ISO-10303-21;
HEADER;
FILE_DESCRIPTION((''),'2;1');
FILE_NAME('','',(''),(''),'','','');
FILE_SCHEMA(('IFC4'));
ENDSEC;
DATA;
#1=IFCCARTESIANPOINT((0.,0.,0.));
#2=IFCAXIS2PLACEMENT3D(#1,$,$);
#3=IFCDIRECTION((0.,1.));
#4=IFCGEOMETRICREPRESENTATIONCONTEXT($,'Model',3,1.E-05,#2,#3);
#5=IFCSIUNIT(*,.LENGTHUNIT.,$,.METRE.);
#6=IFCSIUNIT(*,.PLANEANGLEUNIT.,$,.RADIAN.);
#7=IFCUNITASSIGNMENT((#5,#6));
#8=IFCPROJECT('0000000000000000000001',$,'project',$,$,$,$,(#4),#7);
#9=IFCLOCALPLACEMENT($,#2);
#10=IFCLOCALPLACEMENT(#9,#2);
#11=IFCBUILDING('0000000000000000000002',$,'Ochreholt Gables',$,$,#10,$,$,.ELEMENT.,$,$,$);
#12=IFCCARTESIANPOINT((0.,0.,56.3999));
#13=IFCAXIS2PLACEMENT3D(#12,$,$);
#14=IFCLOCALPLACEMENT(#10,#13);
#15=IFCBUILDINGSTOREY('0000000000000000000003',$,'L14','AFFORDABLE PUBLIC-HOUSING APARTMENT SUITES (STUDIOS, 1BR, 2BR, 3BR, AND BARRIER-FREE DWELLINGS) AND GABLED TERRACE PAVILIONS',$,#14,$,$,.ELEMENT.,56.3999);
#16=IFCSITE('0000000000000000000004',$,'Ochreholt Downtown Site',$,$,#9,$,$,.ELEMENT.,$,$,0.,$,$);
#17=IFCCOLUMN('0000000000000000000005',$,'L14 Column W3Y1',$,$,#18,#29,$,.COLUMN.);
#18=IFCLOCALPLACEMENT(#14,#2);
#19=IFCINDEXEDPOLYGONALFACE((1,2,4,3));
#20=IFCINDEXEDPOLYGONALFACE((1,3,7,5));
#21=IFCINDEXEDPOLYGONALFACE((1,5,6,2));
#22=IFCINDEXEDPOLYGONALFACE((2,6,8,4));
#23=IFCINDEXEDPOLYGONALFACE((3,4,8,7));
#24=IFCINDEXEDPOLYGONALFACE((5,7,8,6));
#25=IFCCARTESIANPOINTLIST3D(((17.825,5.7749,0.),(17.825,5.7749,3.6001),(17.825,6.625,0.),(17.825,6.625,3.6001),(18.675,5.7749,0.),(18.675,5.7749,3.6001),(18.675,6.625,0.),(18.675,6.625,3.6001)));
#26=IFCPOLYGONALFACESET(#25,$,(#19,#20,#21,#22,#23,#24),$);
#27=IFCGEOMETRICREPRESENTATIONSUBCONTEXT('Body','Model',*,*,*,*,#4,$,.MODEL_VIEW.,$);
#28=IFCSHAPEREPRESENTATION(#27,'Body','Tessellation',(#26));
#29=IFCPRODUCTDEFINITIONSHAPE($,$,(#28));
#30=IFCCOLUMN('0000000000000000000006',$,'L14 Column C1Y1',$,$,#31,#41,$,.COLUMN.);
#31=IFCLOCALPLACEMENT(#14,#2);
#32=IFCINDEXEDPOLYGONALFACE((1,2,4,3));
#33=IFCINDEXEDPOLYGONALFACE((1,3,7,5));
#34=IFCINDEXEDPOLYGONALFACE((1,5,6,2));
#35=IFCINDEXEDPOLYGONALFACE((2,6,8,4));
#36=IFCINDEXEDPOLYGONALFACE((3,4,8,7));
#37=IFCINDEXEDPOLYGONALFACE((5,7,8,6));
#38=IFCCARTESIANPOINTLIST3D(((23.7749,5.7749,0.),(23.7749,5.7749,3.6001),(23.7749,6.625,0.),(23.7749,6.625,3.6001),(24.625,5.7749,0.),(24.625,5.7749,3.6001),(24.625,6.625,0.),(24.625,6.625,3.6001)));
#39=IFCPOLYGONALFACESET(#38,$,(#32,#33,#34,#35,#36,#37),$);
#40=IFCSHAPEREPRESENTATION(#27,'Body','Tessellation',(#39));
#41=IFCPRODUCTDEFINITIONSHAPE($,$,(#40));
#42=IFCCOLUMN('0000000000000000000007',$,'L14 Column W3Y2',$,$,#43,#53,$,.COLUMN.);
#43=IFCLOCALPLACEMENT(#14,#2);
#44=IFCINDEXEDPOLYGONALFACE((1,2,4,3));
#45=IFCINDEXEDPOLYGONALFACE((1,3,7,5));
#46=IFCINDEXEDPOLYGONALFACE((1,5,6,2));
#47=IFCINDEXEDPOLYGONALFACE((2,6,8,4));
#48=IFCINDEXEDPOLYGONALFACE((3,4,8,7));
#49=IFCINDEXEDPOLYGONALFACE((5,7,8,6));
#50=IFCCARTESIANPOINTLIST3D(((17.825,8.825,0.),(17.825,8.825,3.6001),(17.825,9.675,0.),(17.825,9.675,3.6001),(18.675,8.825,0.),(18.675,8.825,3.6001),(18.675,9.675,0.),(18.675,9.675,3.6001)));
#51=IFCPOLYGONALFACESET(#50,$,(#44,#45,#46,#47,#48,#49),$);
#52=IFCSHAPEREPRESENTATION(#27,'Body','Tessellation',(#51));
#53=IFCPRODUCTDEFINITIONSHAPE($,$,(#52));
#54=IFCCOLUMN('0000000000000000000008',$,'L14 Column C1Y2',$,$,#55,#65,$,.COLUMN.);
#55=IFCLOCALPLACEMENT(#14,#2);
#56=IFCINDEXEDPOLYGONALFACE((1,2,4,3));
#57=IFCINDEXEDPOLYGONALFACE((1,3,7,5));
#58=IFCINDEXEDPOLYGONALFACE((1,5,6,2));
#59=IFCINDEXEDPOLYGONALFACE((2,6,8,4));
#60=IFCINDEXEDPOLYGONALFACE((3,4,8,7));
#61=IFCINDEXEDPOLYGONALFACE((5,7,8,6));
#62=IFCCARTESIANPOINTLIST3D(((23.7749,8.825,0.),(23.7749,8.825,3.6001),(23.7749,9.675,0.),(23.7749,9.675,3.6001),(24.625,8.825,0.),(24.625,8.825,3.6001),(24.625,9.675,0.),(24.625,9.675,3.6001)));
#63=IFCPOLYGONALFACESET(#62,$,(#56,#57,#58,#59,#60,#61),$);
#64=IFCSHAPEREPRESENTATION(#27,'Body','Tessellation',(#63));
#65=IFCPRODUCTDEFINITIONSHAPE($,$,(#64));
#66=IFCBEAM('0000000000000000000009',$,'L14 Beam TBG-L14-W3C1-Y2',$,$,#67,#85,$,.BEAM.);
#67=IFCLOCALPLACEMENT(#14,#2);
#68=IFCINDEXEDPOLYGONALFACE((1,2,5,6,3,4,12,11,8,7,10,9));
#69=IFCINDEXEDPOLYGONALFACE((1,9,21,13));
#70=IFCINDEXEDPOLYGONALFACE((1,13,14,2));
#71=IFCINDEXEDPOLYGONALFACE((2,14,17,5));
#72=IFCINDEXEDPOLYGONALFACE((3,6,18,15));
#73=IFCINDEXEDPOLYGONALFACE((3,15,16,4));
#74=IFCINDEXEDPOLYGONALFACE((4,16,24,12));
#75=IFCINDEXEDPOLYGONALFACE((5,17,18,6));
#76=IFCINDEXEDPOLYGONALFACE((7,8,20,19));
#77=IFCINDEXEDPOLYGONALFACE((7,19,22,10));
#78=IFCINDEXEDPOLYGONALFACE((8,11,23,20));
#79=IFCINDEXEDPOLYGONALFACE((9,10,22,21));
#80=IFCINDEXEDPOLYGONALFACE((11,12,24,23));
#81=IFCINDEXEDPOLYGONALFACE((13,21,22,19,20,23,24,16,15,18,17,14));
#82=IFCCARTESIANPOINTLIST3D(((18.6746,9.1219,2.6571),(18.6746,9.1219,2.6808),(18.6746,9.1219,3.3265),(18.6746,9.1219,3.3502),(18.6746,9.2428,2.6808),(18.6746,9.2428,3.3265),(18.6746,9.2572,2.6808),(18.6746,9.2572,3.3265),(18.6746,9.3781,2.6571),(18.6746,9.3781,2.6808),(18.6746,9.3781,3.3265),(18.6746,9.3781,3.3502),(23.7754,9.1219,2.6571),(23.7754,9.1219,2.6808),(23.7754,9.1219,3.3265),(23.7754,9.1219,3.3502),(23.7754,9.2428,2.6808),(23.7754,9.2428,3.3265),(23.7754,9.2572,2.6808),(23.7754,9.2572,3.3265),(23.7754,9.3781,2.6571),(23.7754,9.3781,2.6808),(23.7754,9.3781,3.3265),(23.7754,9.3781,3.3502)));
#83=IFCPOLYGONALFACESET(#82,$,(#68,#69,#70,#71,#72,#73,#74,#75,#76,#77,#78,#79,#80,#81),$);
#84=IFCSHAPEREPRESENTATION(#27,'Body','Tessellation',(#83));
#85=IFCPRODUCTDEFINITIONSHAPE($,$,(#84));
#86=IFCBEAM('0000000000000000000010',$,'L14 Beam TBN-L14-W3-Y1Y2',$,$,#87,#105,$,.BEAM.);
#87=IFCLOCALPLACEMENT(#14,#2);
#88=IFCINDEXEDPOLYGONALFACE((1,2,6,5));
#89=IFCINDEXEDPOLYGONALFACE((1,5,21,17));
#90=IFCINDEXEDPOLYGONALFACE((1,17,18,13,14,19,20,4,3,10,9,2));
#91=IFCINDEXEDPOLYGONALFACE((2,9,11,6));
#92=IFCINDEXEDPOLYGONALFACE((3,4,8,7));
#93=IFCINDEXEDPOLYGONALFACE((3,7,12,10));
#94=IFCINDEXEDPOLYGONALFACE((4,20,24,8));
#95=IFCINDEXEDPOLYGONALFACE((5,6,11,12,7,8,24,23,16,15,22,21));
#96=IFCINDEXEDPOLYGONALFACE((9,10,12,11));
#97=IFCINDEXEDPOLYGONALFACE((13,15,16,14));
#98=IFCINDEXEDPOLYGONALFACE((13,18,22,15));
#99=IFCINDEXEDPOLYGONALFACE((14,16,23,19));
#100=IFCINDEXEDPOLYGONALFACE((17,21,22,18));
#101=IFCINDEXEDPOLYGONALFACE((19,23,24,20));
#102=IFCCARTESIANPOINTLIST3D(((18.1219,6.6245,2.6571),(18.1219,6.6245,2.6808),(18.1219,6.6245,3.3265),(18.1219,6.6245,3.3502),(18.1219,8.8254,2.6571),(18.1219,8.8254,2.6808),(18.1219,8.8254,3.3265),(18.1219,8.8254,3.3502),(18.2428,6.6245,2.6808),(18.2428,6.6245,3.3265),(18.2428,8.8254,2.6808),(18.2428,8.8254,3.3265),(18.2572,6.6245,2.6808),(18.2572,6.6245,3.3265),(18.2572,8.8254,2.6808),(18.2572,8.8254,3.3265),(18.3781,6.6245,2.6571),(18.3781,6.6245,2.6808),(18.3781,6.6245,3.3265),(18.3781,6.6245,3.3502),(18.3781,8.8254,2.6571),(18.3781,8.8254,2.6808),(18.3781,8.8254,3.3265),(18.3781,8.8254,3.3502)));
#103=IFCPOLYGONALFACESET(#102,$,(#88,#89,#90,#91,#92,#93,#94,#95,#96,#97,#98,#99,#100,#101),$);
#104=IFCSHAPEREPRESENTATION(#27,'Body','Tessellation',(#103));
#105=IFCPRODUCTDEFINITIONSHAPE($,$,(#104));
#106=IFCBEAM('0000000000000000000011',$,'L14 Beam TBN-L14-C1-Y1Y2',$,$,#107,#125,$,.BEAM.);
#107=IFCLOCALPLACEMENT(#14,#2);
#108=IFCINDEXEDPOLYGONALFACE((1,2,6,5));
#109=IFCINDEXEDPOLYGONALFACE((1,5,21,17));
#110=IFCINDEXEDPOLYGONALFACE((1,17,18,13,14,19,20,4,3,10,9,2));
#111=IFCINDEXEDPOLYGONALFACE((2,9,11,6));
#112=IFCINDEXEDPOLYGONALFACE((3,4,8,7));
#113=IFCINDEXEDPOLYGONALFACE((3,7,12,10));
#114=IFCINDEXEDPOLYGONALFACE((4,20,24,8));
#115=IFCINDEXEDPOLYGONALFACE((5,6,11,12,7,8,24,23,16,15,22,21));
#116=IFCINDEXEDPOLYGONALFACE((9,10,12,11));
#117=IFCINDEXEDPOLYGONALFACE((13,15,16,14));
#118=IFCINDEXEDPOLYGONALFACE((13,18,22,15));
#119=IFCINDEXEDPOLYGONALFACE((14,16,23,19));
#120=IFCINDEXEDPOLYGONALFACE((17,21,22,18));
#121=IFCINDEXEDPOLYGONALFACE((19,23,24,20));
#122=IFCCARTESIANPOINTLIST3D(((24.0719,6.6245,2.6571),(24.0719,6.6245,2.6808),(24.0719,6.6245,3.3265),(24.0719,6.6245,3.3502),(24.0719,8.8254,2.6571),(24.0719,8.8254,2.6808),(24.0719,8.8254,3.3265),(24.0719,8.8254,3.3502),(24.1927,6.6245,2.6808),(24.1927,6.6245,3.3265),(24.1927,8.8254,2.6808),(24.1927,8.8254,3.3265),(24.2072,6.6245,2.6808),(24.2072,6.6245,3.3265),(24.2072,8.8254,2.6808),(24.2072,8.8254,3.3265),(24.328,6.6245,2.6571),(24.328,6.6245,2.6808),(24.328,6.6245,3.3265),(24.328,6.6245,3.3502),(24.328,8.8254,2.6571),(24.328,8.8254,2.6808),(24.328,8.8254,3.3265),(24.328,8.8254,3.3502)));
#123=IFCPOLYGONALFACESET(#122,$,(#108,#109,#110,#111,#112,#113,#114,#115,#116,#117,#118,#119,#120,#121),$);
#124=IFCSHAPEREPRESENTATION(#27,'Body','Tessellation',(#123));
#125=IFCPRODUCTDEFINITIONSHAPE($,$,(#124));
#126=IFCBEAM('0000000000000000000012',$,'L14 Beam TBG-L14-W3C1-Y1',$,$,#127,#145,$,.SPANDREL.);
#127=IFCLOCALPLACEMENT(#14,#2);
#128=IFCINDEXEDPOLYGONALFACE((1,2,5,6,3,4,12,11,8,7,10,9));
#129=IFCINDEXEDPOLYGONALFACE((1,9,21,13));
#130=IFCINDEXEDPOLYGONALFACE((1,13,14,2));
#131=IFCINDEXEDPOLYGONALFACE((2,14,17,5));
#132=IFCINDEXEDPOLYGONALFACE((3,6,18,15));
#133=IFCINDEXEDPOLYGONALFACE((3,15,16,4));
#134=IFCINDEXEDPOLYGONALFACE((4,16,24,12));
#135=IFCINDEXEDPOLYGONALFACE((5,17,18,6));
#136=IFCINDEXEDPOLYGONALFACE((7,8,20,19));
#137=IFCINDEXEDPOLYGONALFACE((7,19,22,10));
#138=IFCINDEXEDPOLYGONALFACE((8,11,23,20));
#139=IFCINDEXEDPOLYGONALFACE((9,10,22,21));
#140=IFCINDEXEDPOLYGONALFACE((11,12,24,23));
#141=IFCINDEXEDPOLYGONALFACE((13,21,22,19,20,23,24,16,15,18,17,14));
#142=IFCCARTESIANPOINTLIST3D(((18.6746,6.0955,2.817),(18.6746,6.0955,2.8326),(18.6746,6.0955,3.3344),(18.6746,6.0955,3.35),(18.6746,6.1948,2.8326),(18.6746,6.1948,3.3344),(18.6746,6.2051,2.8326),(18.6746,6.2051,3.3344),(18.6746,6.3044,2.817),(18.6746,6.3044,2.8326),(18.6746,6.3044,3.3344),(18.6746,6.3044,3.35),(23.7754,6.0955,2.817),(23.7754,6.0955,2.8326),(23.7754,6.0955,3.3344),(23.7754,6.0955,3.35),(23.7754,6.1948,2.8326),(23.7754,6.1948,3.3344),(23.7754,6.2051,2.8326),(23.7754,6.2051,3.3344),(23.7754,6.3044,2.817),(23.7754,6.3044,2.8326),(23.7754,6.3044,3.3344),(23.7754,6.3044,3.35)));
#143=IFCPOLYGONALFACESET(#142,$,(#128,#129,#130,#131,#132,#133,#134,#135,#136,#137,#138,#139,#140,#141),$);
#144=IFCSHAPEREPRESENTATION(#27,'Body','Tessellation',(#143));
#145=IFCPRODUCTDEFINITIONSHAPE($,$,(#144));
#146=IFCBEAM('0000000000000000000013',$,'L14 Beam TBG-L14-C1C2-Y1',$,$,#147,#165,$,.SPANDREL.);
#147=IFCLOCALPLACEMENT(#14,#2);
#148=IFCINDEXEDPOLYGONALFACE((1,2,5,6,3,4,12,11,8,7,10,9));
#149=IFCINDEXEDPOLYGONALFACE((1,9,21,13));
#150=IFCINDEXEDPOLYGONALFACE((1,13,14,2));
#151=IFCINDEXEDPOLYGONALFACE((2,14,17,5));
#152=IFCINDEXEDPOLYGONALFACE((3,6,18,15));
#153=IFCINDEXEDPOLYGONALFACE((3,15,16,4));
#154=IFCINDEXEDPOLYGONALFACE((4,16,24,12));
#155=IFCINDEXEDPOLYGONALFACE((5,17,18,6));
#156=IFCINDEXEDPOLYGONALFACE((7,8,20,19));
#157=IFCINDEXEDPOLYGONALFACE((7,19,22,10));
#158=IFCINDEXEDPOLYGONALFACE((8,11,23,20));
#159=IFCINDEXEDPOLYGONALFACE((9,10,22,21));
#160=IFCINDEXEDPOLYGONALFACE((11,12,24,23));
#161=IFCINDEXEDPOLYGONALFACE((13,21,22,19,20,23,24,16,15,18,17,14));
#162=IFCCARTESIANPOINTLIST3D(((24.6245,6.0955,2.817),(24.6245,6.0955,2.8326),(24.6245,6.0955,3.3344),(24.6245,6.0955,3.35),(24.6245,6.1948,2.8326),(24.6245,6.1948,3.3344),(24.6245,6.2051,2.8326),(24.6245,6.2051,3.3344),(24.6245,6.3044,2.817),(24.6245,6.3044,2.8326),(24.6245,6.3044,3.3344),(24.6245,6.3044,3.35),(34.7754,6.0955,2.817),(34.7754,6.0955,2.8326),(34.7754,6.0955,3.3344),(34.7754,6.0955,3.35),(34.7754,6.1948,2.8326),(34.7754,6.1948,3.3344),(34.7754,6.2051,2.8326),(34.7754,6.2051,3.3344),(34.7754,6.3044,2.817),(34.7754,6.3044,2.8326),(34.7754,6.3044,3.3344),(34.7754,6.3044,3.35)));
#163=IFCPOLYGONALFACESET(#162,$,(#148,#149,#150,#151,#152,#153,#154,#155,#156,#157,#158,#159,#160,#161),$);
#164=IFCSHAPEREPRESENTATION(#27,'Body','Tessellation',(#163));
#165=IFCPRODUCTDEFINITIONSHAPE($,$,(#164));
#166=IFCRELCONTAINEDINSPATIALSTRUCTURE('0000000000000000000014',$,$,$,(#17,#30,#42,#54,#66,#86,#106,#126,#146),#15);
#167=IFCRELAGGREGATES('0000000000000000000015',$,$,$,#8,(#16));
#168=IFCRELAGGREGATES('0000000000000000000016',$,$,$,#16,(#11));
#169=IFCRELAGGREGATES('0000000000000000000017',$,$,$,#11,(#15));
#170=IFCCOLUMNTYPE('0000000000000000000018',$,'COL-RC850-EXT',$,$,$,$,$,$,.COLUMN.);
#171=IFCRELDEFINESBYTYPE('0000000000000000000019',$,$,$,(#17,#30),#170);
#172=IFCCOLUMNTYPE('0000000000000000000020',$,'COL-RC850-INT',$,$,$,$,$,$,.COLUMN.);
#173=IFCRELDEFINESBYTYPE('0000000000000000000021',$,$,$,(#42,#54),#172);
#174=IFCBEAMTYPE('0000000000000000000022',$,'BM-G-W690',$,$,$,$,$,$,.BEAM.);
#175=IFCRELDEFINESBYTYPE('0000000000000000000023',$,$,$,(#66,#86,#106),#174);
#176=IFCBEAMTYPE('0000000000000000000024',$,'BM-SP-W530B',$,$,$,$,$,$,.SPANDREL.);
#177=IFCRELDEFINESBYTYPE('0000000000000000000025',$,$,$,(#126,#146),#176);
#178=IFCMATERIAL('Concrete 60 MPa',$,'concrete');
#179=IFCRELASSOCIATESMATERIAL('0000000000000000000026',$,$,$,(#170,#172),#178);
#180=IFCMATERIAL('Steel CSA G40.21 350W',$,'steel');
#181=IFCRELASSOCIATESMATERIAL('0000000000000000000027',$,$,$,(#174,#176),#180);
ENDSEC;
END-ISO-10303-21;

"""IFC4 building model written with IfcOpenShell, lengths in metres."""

from ifc_helpers import new_model, si_unit, direction, frame, origin, origin_2d, place, context, subcontext, project, spatial, rectangle, i_section, extrude, material, material_profile, profile_set, type_object, element, save


model = new_model("IFC4")

# Units and contexts
model_context = context("Model", 3, precision=1e-05, world=origin(), true_north=direction((0.0, 1.0)))
body_context = subcontext(model_context, "Body", "Model", "MODEL_VIEW")
ifc_project = project(units=[si_unit("LENGTHUNIT", "METRE"), si_unit("PLANEANGLEUNIT", "RADIAN")], contexts=[model_context])

# Site, building, storey
site_placement = place(None, origin())
site = spatial("IfcSite", under=ifc_project, at=site_placement, Name="Ochreholt Downtown Site", CompositionType="ELEMENT", RefElevation=0.0)
building_placement = place(site_placement, origin())
building = spatial("IfcBuilding", under=site, at=building_placement, Name="Ochreholt Gables", CompositionType="ELEMENT")
storey_placement = place(building_placement, frame((0.0, 0.0, 56.3999)))
storey = spatial("IfcBuildingStorey", under=building, at=storey_placement, Name="L14", Description="AFFORDABLE PUBLIC-HOUSING APARTMENT SUITES (STUDIOS, 1BR, 2BR, 3BR, AND BARRIER-FREE DWELLINGS) AND GABLED TERRACE PAVILIONS", CompositionType="ELEMENT", Elevation=56.3999)

# Columns
ifc_material_1 = material(Name="Concrete 60 MPa", Category="concrete")
ifc_material_profile_1 = material_profile(ifc_material_1, rectangle(XDim=0.8501, YDim=0.8501, at=origin_2d()), Name="RC850X850")
ifc_profile_set_1 = profile_set([ifc_material_profile_1], Name="Concrete 60 MPa")
column_type_1 = type_object("IfcColumnType", Name="COL-RC850-EXT", PredefinedType="COLUMN", material=ifc_profile_set_1)
for number, where, z_axis, x_axis, name in (
    (1, (18.25, 6.2, 0.0), (0.0, 0.0, 1.0), (1.0, 0.0, 0.0), "L14 Column W3Y1"),
    (2, (24.2, 6.2, 0.0), (0.0, 0.0, 1.0), (1.0, 0.0, 0.0), "L14 Column C1Y1"),
):
    element("IfcColumn", number, at=place(storey_placement, frame(where, z_axis=z_axis, x_axis=x_axis)), inside=storey, type_object=column_type_1, Name=name, PredefinedType="COLUMN", context=body_context, shape_type="SweptSolid", body=[
        extrude(rectangle(XDim=0.8501, YDim=0.8501, at=origin_2d()), origin(), (0.0, 0.0, 1.0), 3.6001),
    ])
ifc_material_profile_2 = material_profile(ifc_material_1, rectangle(XDim=0.8501, YDim=0.8501, at=origin_2d()), Name="RC850X850")
ifc_profile_set_2 = profile_set([ifc_material_profile_2], Name="Concrete 60 MPa")
column_type_2 = type_object("IfcColumnType", Name="COL-RC850-INT", PredefinedType="COLUMN", material=ifc_profile_set_2)
for number, where, z_axis, x_axis, name in (
    (3, (18.25, 9.25, 0.0), (0.0, 0.0, 1.0), (1.0, 0.0, 0.0), "L14 Column W3Y2"),
    (4, (24.2, 9.25, 0.0), (0.0, 0.0, 1.0), (1.0, 0.0, 0.0), "L14 Column C1Y2"),
):
    element("IfcColumn", number, at=place(storey_placement, frame(where, z_axis=z_axis, x_axis=x_axis)), inside=storey, type_object=column_type_2, Name=name, PredefinedType="COLUMN", context=body_context, shape_type="SweptSolid", body=[
        extrude(rectangle(XDim=0.8501, YDim=0.8501, at=origin_2d()), origin(), (0.0, 0.0, 1.0), 3.6001),
    ])

# Beams
ifc_material_2 = material(Name="Steel CSA G40.21 350W", Category="steel")
ifc_material_profile_3 = material_profile(ifc_material_2, i_section(OverallWidth=0.2561, OverallDepth=0.6931, WebThickness=0.0144, FlangeThickness=0.0237, at=origin_2d()), Name="W690X170")
ifc_profile_set_3 = profile_set([ifc_material_profile_3], Name="Steel CSA G40.21 350W")
beam_type_1 = type_object("IfcBeamType", Name="BM-G-W690", PredefinedType="BEAM", material=ifc_profile_set_3)
beam_1_placement = place(storey_placement, frame((18.6746, 9.25, 3.0037), z_axis=(1.0, 0.0, 0.0), x_axis=(0.0, 1.0, 0.0)))
element("IfcBeam", 5, at=beam_1_placement, inside=storey, type_object=beam_type_1, Name="L14 Beam TBG-L14-W3C1-Y2", PredefinedType="BEAM", context=body_context, shape_type="SweptSolid", body=[
    extrude(i_section(OverallWidth=0.2561, OverallDepth=0.6931, WebThickness=0.0144, FlangeThickness=0.0237, at=origin_2d()), origin(), (0.0, 0.0, 1.0), 5.1008),
])
for number, where, z_axis, x_axis, name in (
    (6, (18.25, 6.6245, 3.0037), (0.0, 1.0, 0.0), (-1.0, 0.0, 0.0), "L14 Beam TBN-L14-W3-Y1Y2"),
    (7, (24.2, 6.6245, 3.0037), (0.0, 1.0, 0.0), (-1.0, 0.0, 0.0), "L14 Beam TBN-L14-C1-Y1Y2"),
):
    element("IfcBeam", number, at=place(storey_placement, frame(where, z_axis=z_axis, x_axis=x_axis)), inside=storey, type_object=beam_type_1, Name=name, PredefinedType="BEAM", context=body_context, shape_type="SweptSolid", body=[
        extrude(i_section(OverallWidth=0.2561, OverallDepth=0.6931, WebThickness=0.0144, FlangeThickness=0.0237, at=origin_2d()), origin(), (0.0, 0.0, 1.0), 2.2009),
    ])
ifc_material_profile_4 = material_profile(ifc_material_2, i_section(OverallWidth=0.209, OverallDepth=0.533, WebThickness=0.0103, FlangeThickness=0.0156, at=origin_2d()), Name="W530X92")
ifc_profile_set_4 = profile_set([ifc_material_profile_4], Name="Steel CSA G40.21 350W")
beam_type_2 = type_object("IfcBeamType", Name="BM-SP-W530B", PredefinedType="SPANDREL", material=ifc_profile_set_4)
beam_2_placement = place(storey_placement, frame((18.6746, 6.2, 3.0835), z_axis=(1.0, 0.0, 0.0), x_axis=(0.0, 1.0, 0.0)))
element("IfcBeam", 8, at=beam_2_placement, inside=storey, type_object=beam_type_2, Name="L14 Beam TBG-L14-W3C1-Y1", PredefinedType="SPANDREL", context=body_context, shape_type="SweptSolid", body=[
    extrude(i_section(OverallWidth=0.209, OverallDepth=0.533, WebThickness=0.0103, FlangeThickness=0.0156, at=origin_2d()), origin(), (0.0, 0.0, 1.0), 5.1008),
])
beam_3_placement = place(storey_placement, frame((24.6245, 6.2, 3.0835), z_axis=(1.0, 0.0, 0.0), x_axis=(0.0, 1.0, 0.0)))
element("IfcBeam", 9, at=beam_3_placement, inside=storey, type_object=beam_type_2, Name="L14 Beam TBG-L14-C1C2-Y1", PredefinedType="SPANDREL", context=body_context, shape_type="SweptSolid", body=[
    extrude(i_section(OverallWidth=0.209, OverallDepth=0.533, WebThickness=0.0103, FlangeThickness=0.0156, at=origin_2d()), origin(), (0.0, 0.0, 1.0), 10.1509),
])

save(model, "model.ifc")
